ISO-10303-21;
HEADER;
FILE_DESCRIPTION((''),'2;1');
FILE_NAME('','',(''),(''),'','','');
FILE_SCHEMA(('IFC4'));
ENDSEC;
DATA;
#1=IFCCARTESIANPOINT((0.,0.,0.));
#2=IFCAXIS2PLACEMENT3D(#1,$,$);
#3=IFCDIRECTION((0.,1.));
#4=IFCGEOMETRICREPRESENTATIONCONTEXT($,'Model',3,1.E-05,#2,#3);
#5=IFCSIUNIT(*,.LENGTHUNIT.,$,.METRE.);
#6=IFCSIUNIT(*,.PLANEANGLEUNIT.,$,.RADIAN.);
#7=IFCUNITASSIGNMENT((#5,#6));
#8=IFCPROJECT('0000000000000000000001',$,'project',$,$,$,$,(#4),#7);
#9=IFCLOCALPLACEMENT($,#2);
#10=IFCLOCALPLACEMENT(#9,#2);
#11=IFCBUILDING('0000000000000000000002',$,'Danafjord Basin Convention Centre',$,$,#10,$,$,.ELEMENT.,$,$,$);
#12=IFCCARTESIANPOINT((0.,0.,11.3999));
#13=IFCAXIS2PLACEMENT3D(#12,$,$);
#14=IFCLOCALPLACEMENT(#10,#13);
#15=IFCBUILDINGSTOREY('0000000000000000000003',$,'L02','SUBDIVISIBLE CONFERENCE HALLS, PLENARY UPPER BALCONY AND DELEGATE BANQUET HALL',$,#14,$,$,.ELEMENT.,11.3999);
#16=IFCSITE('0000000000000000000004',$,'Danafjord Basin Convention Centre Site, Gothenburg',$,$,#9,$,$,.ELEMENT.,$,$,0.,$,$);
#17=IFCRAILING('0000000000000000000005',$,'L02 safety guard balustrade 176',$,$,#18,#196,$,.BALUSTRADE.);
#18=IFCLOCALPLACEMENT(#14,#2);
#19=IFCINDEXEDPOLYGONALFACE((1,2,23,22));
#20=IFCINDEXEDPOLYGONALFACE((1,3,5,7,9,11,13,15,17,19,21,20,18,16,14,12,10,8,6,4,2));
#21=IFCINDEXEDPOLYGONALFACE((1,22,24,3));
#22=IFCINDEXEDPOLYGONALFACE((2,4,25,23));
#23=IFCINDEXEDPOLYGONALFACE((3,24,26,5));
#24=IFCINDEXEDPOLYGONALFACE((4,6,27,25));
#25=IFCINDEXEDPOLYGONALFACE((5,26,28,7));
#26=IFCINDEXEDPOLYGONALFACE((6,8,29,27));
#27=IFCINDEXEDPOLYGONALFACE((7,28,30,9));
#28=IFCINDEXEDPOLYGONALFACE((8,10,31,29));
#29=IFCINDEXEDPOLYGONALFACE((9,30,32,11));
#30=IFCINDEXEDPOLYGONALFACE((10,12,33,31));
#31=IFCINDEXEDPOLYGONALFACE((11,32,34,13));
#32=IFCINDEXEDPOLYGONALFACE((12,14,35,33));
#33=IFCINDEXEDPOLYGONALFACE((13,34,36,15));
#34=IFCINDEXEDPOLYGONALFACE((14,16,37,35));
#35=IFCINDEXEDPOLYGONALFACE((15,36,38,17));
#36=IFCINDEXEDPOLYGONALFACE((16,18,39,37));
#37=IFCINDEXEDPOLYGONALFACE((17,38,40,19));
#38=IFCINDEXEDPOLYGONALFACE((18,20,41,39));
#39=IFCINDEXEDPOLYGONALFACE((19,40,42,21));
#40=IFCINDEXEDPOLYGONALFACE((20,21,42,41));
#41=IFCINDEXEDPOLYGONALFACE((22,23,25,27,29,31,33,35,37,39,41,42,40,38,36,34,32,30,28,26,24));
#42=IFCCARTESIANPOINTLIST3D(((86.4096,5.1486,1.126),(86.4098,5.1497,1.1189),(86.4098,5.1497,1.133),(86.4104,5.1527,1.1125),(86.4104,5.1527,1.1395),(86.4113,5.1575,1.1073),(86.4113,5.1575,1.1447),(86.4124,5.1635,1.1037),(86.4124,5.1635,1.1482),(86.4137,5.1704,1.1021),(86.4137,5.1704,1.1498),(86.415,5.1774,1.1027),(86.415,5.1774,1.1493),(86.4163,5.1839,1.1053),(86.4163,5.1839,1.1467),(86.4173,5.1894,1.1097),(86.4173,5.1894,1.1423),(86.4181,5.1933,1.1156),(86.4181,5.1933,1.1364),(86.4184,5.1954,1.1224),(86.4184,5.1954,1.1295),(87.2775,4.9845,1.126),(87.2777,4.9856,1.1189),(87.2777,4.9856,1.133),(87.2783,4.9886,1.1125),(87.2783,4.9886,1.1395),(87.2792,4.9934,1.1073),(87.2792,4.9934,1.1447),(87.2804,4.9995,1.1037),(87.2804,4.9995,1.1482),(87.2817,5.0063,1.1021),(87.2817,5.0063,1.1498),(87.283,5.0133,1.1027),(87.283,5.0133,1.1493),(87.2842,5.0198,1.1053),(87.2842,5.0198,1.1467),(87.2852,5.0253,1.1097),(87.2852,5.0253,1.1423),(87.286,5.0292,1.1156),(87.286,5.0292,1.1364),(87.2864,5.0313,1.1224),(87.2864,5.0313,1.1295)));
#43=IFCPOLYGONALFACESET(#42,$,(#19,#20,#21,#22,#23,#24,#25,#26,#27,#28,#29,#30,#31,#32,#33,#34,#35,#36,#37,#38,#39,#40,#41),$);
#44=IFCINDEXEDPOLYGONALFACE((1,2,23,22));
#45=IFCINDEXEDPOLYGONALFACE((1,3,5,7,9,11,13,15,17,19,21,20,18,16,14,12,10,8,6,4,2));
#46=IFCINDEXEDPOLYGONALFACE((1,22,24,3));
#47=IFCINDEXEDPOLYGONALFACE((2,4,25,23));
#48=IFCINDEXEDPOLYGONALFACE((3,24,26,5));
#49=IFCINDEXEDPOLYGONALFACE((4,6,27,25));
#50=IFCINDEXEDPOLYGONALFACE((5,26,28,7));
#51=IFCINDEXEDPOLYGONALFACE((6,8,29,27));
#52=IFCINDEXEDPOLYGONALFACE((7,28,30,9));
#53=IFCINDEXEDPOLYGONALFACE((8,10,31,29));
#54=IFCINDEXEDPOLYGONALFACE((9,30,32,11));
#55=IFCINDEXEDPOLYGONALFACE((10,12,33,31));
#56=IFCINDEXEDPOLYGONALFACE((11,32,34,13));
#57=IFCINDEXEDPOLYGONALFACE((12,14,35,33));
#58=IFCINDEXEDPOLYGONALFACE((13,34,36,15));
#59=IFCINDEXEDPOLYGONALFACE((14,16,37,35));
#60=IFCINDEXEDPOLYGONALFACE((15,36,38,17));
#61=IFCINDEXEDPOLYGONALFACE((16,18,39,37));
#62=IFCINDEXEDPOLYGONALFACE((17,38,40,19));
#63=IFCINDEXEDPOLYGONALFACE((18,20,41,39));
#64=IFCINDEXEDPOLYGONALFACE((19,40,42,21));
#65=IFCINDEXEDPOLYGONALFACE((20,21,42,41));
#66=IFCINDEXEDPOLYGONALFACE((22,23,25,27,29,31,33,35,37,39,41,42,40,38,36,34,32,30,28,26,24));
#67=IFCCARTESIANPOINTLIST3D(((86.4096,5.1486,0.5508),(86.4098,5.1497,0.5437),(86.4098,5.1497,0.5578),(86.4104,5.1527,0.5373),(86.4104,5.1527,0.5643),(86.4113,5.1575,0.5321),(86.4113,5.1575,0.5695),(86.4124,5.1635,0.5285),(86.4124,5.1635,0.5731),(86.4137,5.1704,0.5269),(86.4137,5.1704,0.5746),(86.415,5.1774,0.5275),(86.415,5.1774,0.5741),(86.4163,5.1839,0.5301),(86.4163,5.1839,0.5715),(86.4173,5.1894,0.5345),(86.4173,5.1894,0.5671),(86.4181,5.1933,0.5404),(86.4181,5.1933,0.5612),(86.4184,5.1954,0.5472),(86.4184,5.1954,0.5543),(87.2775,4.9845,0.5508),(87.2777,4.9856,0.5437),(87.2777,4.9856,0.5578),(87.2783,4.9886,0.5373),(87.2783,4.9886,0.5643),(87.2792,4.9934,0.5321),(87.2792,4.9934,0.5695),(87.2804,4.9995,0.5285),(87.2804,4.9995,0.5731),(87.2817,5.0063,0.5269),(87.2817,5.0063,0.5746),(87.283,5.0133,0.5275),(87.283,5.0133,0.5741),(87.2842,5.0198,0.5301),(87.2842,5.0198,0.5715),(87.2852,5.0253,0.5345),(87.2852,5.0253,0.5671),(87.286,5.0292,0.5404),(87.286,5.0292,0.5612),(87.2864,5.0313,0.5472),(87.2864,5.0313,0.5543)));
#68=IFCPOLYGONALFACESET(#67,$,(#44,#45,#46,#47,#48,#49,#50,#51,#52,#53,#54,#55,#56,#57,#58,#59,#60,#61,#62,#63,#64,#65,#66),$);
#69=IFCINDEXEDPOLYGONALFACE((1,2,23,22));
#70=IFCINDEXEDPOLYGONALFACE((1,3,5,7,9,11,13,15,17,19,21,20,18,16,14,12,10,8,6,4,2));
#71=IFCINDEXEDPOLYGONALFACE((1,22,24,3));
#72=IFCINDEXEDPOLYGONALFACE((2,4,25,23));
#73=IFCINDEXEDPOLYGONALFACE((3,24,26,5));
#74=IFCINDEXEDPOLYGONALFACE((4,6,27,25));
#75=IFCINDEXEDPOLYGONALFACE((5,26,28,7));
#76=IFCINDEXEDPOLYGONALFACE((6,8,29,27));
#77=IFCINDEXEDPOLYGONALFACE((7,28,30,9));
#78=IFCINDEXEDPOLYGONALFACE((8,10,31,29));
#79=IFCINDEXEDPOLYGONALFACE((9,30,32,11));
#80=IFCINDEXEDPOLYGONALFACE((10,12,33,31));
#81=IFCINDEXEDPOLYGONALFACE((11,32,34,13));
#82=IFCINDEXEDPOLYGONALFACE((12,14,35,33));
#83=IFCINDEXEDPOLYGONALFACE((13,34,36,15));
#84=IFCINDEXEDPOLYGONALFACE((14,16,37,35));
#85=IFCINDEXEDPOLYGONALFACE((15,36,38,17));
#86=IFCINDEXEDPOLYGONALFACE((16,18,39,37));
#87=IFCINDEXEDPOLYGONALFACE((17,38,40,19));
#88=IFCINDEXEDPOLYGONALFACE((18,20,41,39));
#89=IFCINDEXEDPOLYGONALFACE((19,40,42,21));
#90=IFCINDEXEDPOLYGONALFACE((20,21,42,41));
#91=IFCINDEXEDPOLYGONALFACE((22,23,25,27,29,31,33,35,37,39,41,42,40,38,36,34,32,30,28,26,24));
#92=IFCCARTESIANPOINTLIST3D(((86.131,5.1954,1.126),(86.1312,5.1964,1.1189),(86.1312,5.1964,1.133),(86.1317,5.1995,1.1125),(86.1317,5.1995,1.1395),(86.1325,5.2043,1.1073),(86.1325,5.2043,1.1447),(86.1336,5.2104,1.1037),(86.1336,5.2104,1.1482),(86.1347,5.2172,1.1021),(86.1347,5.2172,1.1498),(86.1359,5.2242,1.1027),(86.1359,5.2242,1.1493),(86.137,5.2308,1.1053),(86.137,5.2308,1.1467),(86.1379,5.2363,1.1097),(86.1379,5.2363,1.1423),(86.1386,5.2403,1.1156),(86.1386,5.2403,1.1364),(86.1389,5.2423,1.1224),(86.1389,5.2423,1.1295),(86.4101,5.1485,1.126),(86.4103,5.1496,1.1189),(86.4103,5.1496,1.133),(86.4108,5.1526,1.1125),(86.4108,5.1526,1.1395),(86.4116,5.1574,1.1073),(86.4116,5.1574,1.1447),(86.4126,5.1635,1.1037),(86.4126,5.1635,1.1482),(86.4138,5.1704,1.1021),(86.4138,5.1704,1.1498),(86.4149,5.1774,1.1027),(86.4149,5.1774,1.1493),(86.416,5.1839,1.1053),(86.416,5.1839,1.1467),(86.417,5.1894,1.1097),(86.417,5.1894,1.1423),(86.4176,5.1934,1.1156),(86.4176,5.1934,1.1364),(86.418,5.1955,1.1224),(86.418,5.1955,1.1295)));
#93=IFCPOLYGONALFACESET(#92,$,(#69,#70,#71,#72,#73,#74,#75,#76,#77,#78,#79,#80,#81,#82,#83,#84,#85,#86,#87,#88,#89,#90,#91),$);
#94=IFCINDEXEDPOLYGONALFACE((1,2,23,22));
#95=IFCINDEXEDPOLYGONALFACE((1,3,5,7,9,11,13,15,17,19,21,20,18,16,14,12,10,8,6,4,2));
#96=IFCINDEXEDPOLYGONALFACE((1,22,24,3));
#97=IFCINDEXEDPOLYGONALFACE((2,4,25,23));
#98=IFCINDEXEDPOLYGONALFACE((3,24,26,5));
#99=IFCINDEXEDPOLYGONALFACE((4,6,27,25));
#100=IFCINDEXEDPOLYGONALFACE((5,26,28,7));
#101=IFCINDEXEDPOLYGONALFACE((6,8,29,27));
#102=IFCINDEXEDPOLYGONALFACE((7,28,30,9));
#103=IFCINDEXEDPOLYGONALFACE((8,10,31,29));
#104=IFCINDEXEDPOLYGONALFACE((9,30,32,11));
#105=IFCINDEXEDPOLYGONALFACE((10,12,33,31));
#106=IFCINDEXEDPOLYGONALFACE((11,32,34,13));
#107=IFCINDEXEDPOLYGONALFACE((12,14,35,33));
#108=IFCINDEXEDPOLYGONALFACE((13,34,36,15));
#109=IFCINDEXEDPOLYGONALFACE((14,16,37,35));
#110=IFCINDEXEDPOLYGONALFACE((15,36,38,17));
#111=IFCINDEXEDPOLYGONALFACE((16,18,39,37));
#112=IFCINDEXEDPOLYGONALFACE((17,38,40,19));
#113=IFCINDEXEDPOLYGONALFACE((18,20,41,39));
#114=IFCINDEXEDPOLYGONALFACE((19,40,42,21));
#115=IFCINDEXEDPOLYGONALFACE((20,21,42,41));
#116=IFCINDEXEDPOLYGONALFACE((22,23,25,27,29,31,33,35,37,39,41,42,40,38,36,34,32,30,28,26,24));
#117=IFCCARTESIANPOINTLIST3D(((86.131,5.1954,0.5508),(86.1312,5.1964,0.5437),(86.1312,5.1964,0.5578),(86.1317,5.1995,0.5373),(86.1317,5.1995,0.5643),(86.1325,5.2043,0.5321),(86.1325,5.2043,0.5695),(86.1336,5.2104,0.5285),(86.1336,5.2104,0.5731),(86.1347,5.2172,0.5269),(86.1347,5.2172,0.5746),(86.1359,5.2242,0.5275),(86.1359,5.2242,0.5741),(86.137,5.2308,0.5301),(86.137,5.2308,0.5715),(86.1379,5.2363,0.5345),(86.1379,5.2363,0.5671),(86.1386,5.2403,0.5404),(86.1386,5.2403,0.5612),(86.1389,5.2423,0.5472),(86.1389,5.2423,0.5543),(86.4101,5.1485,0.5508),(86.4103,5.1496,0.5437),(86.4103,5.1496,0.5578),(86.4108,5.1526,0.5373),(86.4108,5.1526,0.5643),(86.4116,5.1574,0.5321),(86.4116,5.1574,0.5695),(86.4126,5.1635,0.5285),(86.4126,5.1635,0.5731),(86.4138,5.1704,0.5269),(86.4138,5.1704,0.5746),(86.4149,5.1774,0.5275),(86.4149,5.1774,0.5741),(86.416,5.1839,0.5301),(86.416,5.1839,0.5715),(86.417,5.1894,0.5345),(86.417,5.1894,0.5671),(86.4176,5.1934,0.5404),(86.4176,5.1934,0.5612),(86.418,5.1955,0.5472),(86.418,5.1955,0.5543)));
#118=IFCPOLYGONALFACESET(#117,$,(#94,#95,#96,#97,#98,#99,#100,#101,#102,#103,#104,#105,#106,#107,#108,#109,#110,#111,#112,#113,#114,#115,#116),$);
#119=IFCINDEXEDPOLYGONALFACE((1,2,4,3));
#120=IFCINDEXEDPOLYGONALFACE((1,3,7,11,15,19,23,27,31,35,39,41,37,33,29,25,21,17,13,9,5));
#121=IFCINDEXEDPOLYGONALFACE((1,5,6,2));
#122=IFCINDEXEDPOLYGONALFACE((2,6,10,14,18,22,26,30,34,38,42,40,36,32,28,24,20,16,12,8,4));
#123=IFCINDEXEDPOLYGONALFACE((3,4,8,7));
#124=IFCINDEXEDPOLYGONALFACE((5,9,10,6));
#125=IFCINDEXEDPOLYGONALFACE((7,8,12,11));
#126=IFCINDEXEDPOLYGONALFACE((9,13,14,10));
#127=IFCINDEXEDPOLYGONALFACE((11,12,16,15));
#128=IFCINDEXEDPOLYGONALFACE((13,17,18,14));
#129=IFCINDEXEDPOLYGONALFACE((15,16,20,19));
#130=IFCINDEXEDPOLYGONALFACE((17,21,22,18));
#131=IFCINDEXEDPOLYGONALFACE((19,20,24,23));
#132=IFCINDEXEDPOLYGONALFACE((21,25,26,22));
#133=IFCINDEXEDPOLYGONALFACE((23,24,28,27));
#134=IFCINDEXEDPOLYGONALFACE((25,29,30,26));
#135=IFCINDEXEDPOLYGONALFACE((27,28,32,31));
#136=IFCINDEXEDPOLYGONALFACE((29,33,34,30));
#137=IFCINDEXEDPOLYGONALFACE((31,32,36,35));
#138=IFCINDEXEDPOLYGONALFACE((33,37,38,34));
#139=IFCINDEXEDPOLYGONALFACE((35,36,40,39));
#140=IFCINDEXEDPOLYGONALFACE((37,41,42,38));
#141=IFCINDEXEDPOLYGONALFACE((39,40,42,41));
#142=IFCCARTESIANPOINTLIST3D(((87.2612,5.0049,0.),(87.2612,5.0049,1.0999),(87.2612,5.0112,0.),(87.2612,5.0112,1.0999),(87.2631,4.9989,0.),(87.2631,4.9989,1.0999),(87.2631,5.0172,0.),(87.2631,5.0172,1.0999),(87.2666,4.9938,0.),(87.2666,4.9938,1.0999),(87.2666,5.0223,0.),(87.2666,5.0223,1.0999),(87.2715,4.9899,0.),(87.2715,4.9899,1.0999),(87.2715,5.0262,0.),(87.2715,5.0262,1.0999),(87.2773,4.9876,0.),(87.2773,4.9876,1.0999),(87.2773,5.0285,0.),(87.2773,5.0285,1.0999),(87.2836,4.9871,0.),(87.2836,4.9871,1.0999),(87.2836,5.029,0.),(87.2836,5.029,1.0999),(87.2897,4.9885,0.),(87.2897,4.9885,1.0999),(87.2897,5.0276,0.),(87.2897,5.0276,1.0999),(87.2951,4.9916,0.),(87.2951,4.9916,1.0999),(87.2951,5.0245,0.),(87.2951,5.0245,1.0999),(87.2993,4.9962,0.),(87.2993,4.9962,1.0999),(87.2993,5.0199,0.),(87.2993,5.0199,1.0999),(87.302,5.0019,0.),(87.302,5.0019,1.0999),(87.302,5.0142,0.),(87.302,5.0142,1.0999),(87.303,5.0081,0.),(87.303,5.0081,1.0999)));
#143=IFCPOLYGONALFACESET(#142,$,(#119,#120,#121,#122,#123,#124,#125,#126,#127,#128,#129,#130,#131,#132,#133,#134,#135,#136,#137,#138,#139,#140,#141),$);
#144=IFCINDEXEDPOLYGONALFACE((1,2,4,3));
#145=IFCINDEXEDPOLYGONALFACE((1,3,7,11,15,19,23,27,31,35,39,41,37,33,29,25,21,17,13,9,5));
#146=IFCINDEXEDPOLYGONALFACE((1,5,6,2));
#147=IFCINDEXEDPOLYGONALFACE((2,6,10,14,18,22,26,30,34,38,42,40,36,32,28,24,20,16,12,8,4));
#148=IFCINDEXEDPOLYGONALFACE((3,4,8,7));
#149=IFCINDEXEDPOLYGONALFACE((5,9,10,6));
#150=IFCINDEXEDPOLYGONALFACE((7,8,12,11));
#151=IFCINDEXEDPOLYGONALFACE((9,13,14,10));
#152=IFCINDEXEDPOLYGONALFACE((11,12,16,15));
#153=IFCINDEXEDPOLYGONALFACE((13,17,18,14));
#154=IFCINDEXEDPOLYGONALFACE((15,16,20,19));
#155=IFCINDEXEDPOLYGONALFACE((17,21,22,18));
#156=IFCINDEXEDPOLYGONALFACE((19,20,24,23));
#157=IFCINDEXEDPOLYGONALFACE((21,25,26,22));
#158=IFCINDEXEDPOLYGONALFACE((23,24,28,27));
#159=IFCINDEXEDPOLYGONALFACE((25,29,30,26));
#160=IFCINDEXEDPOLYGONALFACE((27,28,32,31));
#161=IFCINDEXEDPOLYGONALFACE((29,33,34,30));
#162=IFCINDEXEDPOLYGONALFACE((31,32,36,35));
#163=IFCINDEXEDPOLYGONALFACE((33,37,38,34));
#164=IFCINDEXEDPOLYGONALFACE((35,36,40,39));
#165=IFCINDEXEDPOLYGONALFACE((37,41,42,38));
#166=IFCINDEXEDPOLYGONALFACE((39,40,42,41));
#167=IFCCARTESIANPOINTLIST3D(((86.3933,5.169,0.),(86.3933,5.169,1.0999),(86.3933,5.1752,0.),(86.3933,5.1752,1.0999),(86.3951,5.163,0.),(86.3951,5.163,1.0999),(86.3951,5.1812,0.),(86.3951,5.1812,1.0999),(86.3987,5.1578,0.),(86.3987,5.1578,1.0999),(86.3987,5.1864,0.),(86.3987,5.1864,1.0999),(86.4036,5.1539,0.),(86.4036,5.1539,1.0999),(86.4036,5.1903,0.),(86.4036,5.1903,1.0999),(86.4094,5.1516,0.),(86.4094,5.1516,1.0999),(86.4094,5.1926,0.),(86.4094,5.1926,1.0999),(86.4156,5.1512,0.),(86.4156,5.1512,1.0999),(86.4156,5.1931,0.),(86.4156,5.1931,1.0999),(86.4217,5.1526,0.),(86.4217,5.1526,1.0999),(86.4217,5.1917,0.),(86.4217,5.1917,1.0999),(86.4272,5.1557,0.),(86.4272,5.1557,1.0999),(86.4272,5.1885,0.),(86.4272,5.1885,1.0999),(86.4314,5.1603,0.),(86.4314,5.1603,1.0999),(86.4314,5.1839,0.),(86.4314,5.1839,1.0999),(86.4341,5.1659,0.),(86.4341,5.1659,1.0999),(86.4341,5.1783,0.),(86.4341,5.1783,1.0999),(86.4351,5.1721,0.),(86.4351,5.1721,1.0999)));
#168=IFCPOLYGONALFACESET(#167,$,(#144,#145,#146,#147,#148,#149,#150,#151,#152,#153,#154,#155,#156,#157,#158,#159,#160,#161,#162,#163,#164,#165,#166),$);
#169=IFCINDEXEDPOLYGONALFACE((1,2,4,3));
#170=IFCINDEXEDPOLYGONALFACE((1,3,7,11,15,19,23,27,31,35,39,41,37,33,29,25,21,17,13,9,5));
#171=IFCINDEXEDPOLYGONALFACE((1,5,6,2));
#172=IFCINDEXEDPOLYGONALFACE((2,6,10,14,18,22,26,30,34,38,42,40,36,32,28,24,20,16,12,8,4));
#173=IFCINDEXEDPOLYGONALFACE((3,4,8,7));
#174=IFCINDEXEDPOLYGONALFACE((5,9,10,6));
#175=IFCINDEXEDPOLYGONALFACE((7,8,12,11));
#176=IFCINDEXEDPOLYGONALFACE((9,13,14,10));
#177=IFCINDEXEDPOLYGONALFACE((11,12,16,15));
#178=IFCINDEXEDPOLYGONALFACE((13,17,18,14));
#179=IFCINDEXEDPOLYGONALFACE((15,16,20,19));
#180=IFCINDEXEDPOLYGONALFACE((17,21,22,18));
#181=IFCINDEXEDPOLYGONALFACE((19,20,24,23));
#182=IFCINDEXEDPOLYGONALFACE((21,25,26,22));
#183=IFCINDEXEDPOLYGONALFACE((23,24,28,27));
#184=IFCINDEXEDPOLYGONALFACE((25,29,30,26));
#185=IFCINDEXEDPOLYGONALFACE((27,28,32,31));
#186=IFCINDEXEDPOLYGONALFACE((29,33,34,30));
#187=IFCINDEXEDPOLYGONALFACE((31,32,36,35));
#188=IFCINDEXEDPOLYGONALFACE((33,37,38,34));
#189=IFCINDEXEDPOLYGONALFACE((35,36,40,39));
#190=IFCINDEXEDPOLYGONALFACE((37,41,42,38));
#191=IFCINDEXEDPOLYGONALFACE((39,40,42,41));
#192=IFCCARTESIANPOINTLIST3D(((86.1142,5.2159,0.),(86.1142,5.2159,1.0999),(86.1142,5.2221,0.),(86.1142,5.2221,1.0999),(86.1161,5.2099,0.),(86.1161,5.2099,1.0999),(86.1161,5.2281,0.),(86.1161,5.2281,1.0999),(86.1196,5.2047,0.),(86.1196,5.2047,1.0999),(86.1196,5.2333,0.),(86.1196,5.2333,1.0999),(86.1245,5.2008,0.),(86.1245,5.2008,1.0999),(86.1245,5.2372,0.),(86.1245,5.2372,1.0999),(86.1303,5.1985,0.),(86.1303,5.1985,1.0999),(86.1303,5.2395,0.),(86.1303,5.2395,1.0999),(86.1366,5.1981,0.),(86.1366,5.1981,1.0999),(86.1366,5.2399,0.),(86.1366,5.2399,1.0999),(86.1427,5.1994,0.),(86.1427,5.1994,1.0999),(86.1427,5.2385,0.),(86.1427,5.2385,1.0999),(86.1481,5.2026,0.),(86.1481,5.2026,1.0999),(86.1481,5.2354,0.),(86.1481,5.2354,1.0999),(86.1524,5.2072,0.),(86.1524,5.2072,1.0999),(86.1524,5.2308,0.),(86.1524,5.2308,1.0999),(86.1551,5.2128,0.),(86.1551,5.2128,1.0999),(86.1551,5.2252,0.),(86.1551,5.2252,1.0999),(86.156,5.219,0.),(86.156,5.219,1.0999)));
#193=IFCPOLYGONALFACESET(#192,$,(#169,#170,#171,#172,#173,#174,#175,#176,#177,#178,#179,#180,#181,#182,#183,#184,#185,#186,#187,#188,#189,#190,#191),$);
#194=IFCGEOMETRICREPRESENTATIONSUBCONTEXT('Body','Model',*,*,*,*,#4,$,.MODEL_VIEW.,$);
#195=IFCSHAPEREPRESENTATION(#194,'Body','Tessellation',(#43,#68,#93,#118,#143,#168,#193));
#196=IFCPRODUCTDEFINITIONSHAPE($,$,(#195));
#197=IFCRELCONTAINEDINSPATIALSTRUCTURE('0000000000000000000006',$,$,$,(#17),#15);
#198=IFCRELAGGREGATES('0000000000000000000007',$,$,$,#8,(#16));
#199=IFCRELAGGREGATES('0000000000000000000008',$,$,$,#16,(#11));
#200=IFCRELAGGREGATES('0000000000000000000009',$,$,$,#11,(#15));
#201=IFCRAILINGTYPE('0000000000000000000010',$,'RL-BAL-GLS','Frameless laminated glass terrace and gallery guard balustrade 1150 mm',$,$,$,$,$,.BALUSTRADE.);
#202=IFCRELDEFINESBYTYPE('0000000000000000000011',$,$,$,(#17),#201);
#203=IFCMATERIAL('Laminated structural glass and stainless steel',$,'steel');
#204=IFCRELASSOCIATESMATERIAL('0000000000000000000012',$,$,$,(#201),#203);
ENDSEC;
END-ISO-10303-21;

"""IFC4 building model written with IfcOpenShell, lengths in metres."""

from ifc_helpers import new_model, si_unit, direction, frame, origin, origin_2d, place, context, subcontext, project, spatial, circle, extrude, material, type_object, element, save


model = new_model("IFC4")

# Units and contexts
model_context = context("Model", 3, precision=1e-05, world=origin(), true_north=direction((0.0, 1.0)))
body_context = subcontext(model_context, "Body", "Model", "MODEL_VIEW")
ifc_project = project(units=[si_unit("LENGTHUNIT", "METRE"), si_unit("PLANEANGLEUNIT", "RADIAN")], contexts=[model_context])

# Site, building, storey
site_placement = place(None, origin())
site = spatial("IfcSite", under=ifc_project, at=site_placement, Name="Danafjord Basin Convention Centre Site, Gothenburg", CompositionType="ELEMENT", RefElevation=0.0)
building_placement = place(site_placement, origin())
building = spatial("IfcBuilding", under=site, at=building_placement, Name="Danafjord Basin Convention Centre", CompositionType="ELEMENT")
storey_placement = place(building_placement, frame((0.0, 0.0, 11.3999)))
storey = spatial("IfcBuildingStorey", under=building, at=storey_placement, Name="L02", Description="SUBDIVISIBLE CONFERENCE HALLS, PLENARY UPPER BALCONY AND DELEGATE BANQUET HALL", CompositionType="ELEMENT", Elevation=11.3999)

# Railing
ifc_material_1 = material(Name="Laminated structural glass and stainless steel", Category="steel")
railing_type_1 = type_object("IfcRailingType", Name="RL-BAL-GLS", Description="Frameless laminated glass terrace and gallery guard balustrade 1150 mm", PredefinedType="BALUSTRADE", material=ifc_material_1)
railing_1_placement = place(storey_placement, frame((87.282, 5.0081, 0.0)))
element("IfcRailing", 1, at=railing_1_placement, inside=storey, type_object=railing_type_1, Name="L02 safety guard balustrade 176", PredefinedType="BALUSTRADE", context=body_context, shape_type="SweptSolid", body=[
    extrude(circle(Radius=0.0239, at=origin_2d()), frame((0.0, 0.0, 1.126), z_axis=(-0.982599, 0.18574, 0.0), x_axis=(-0.18574, -0.982599, 0.0)), (0.0, 0.0, 1.0), 0.8833),
    extrude(circle(Radius=0.0239, at=origin_2d()), frame((0.0, 0.0, 0.5508), z_axis=(-0.982599, 0.18574, 0.0), x_axis=(-0.18574, -0.982599, 0.0)), (0.0, 0.0, 1.0), 0.8833),
    extrude(circle(Radius=0.0239, at=origin_2d()), frame((-0.8679, 0.1641, 1.126), z_axis=(-0.986183, 0.165658, 0.0), x_axis=(-0.165658, -0.986183, 0.0)), (0.0, 0.0, 1.0), 0.283),
    extrude(circle(Radius=0.0239, at=origin_2d()), frame((-0.8679, 0.1641, 0.5508), z_axis=(-0.986183, 0.165658, 0.0), x_axis=(-0.165658, -0.986183, 0.0)), (0.0, 0.0, 1.0), 0.283),
    extrude(circle(Radius=0.021, at=origin_2d()), origin(), (0.0, 0.0, 1.0), 1.0999),
    extrude(circle(Radius=0.021, at=origin_2d()), frame((-0.8679, 0.1641, 0.0)), (0.0, 0.0, 1.0), 1.0999),
    extrude(circle(Radius=0.021, at=origin_2d()), frame((-1.147, 0.2109, 0.0)), (0.0, 0.0, 1.0), 1.0999),
])

save(model, "model.ifc")
